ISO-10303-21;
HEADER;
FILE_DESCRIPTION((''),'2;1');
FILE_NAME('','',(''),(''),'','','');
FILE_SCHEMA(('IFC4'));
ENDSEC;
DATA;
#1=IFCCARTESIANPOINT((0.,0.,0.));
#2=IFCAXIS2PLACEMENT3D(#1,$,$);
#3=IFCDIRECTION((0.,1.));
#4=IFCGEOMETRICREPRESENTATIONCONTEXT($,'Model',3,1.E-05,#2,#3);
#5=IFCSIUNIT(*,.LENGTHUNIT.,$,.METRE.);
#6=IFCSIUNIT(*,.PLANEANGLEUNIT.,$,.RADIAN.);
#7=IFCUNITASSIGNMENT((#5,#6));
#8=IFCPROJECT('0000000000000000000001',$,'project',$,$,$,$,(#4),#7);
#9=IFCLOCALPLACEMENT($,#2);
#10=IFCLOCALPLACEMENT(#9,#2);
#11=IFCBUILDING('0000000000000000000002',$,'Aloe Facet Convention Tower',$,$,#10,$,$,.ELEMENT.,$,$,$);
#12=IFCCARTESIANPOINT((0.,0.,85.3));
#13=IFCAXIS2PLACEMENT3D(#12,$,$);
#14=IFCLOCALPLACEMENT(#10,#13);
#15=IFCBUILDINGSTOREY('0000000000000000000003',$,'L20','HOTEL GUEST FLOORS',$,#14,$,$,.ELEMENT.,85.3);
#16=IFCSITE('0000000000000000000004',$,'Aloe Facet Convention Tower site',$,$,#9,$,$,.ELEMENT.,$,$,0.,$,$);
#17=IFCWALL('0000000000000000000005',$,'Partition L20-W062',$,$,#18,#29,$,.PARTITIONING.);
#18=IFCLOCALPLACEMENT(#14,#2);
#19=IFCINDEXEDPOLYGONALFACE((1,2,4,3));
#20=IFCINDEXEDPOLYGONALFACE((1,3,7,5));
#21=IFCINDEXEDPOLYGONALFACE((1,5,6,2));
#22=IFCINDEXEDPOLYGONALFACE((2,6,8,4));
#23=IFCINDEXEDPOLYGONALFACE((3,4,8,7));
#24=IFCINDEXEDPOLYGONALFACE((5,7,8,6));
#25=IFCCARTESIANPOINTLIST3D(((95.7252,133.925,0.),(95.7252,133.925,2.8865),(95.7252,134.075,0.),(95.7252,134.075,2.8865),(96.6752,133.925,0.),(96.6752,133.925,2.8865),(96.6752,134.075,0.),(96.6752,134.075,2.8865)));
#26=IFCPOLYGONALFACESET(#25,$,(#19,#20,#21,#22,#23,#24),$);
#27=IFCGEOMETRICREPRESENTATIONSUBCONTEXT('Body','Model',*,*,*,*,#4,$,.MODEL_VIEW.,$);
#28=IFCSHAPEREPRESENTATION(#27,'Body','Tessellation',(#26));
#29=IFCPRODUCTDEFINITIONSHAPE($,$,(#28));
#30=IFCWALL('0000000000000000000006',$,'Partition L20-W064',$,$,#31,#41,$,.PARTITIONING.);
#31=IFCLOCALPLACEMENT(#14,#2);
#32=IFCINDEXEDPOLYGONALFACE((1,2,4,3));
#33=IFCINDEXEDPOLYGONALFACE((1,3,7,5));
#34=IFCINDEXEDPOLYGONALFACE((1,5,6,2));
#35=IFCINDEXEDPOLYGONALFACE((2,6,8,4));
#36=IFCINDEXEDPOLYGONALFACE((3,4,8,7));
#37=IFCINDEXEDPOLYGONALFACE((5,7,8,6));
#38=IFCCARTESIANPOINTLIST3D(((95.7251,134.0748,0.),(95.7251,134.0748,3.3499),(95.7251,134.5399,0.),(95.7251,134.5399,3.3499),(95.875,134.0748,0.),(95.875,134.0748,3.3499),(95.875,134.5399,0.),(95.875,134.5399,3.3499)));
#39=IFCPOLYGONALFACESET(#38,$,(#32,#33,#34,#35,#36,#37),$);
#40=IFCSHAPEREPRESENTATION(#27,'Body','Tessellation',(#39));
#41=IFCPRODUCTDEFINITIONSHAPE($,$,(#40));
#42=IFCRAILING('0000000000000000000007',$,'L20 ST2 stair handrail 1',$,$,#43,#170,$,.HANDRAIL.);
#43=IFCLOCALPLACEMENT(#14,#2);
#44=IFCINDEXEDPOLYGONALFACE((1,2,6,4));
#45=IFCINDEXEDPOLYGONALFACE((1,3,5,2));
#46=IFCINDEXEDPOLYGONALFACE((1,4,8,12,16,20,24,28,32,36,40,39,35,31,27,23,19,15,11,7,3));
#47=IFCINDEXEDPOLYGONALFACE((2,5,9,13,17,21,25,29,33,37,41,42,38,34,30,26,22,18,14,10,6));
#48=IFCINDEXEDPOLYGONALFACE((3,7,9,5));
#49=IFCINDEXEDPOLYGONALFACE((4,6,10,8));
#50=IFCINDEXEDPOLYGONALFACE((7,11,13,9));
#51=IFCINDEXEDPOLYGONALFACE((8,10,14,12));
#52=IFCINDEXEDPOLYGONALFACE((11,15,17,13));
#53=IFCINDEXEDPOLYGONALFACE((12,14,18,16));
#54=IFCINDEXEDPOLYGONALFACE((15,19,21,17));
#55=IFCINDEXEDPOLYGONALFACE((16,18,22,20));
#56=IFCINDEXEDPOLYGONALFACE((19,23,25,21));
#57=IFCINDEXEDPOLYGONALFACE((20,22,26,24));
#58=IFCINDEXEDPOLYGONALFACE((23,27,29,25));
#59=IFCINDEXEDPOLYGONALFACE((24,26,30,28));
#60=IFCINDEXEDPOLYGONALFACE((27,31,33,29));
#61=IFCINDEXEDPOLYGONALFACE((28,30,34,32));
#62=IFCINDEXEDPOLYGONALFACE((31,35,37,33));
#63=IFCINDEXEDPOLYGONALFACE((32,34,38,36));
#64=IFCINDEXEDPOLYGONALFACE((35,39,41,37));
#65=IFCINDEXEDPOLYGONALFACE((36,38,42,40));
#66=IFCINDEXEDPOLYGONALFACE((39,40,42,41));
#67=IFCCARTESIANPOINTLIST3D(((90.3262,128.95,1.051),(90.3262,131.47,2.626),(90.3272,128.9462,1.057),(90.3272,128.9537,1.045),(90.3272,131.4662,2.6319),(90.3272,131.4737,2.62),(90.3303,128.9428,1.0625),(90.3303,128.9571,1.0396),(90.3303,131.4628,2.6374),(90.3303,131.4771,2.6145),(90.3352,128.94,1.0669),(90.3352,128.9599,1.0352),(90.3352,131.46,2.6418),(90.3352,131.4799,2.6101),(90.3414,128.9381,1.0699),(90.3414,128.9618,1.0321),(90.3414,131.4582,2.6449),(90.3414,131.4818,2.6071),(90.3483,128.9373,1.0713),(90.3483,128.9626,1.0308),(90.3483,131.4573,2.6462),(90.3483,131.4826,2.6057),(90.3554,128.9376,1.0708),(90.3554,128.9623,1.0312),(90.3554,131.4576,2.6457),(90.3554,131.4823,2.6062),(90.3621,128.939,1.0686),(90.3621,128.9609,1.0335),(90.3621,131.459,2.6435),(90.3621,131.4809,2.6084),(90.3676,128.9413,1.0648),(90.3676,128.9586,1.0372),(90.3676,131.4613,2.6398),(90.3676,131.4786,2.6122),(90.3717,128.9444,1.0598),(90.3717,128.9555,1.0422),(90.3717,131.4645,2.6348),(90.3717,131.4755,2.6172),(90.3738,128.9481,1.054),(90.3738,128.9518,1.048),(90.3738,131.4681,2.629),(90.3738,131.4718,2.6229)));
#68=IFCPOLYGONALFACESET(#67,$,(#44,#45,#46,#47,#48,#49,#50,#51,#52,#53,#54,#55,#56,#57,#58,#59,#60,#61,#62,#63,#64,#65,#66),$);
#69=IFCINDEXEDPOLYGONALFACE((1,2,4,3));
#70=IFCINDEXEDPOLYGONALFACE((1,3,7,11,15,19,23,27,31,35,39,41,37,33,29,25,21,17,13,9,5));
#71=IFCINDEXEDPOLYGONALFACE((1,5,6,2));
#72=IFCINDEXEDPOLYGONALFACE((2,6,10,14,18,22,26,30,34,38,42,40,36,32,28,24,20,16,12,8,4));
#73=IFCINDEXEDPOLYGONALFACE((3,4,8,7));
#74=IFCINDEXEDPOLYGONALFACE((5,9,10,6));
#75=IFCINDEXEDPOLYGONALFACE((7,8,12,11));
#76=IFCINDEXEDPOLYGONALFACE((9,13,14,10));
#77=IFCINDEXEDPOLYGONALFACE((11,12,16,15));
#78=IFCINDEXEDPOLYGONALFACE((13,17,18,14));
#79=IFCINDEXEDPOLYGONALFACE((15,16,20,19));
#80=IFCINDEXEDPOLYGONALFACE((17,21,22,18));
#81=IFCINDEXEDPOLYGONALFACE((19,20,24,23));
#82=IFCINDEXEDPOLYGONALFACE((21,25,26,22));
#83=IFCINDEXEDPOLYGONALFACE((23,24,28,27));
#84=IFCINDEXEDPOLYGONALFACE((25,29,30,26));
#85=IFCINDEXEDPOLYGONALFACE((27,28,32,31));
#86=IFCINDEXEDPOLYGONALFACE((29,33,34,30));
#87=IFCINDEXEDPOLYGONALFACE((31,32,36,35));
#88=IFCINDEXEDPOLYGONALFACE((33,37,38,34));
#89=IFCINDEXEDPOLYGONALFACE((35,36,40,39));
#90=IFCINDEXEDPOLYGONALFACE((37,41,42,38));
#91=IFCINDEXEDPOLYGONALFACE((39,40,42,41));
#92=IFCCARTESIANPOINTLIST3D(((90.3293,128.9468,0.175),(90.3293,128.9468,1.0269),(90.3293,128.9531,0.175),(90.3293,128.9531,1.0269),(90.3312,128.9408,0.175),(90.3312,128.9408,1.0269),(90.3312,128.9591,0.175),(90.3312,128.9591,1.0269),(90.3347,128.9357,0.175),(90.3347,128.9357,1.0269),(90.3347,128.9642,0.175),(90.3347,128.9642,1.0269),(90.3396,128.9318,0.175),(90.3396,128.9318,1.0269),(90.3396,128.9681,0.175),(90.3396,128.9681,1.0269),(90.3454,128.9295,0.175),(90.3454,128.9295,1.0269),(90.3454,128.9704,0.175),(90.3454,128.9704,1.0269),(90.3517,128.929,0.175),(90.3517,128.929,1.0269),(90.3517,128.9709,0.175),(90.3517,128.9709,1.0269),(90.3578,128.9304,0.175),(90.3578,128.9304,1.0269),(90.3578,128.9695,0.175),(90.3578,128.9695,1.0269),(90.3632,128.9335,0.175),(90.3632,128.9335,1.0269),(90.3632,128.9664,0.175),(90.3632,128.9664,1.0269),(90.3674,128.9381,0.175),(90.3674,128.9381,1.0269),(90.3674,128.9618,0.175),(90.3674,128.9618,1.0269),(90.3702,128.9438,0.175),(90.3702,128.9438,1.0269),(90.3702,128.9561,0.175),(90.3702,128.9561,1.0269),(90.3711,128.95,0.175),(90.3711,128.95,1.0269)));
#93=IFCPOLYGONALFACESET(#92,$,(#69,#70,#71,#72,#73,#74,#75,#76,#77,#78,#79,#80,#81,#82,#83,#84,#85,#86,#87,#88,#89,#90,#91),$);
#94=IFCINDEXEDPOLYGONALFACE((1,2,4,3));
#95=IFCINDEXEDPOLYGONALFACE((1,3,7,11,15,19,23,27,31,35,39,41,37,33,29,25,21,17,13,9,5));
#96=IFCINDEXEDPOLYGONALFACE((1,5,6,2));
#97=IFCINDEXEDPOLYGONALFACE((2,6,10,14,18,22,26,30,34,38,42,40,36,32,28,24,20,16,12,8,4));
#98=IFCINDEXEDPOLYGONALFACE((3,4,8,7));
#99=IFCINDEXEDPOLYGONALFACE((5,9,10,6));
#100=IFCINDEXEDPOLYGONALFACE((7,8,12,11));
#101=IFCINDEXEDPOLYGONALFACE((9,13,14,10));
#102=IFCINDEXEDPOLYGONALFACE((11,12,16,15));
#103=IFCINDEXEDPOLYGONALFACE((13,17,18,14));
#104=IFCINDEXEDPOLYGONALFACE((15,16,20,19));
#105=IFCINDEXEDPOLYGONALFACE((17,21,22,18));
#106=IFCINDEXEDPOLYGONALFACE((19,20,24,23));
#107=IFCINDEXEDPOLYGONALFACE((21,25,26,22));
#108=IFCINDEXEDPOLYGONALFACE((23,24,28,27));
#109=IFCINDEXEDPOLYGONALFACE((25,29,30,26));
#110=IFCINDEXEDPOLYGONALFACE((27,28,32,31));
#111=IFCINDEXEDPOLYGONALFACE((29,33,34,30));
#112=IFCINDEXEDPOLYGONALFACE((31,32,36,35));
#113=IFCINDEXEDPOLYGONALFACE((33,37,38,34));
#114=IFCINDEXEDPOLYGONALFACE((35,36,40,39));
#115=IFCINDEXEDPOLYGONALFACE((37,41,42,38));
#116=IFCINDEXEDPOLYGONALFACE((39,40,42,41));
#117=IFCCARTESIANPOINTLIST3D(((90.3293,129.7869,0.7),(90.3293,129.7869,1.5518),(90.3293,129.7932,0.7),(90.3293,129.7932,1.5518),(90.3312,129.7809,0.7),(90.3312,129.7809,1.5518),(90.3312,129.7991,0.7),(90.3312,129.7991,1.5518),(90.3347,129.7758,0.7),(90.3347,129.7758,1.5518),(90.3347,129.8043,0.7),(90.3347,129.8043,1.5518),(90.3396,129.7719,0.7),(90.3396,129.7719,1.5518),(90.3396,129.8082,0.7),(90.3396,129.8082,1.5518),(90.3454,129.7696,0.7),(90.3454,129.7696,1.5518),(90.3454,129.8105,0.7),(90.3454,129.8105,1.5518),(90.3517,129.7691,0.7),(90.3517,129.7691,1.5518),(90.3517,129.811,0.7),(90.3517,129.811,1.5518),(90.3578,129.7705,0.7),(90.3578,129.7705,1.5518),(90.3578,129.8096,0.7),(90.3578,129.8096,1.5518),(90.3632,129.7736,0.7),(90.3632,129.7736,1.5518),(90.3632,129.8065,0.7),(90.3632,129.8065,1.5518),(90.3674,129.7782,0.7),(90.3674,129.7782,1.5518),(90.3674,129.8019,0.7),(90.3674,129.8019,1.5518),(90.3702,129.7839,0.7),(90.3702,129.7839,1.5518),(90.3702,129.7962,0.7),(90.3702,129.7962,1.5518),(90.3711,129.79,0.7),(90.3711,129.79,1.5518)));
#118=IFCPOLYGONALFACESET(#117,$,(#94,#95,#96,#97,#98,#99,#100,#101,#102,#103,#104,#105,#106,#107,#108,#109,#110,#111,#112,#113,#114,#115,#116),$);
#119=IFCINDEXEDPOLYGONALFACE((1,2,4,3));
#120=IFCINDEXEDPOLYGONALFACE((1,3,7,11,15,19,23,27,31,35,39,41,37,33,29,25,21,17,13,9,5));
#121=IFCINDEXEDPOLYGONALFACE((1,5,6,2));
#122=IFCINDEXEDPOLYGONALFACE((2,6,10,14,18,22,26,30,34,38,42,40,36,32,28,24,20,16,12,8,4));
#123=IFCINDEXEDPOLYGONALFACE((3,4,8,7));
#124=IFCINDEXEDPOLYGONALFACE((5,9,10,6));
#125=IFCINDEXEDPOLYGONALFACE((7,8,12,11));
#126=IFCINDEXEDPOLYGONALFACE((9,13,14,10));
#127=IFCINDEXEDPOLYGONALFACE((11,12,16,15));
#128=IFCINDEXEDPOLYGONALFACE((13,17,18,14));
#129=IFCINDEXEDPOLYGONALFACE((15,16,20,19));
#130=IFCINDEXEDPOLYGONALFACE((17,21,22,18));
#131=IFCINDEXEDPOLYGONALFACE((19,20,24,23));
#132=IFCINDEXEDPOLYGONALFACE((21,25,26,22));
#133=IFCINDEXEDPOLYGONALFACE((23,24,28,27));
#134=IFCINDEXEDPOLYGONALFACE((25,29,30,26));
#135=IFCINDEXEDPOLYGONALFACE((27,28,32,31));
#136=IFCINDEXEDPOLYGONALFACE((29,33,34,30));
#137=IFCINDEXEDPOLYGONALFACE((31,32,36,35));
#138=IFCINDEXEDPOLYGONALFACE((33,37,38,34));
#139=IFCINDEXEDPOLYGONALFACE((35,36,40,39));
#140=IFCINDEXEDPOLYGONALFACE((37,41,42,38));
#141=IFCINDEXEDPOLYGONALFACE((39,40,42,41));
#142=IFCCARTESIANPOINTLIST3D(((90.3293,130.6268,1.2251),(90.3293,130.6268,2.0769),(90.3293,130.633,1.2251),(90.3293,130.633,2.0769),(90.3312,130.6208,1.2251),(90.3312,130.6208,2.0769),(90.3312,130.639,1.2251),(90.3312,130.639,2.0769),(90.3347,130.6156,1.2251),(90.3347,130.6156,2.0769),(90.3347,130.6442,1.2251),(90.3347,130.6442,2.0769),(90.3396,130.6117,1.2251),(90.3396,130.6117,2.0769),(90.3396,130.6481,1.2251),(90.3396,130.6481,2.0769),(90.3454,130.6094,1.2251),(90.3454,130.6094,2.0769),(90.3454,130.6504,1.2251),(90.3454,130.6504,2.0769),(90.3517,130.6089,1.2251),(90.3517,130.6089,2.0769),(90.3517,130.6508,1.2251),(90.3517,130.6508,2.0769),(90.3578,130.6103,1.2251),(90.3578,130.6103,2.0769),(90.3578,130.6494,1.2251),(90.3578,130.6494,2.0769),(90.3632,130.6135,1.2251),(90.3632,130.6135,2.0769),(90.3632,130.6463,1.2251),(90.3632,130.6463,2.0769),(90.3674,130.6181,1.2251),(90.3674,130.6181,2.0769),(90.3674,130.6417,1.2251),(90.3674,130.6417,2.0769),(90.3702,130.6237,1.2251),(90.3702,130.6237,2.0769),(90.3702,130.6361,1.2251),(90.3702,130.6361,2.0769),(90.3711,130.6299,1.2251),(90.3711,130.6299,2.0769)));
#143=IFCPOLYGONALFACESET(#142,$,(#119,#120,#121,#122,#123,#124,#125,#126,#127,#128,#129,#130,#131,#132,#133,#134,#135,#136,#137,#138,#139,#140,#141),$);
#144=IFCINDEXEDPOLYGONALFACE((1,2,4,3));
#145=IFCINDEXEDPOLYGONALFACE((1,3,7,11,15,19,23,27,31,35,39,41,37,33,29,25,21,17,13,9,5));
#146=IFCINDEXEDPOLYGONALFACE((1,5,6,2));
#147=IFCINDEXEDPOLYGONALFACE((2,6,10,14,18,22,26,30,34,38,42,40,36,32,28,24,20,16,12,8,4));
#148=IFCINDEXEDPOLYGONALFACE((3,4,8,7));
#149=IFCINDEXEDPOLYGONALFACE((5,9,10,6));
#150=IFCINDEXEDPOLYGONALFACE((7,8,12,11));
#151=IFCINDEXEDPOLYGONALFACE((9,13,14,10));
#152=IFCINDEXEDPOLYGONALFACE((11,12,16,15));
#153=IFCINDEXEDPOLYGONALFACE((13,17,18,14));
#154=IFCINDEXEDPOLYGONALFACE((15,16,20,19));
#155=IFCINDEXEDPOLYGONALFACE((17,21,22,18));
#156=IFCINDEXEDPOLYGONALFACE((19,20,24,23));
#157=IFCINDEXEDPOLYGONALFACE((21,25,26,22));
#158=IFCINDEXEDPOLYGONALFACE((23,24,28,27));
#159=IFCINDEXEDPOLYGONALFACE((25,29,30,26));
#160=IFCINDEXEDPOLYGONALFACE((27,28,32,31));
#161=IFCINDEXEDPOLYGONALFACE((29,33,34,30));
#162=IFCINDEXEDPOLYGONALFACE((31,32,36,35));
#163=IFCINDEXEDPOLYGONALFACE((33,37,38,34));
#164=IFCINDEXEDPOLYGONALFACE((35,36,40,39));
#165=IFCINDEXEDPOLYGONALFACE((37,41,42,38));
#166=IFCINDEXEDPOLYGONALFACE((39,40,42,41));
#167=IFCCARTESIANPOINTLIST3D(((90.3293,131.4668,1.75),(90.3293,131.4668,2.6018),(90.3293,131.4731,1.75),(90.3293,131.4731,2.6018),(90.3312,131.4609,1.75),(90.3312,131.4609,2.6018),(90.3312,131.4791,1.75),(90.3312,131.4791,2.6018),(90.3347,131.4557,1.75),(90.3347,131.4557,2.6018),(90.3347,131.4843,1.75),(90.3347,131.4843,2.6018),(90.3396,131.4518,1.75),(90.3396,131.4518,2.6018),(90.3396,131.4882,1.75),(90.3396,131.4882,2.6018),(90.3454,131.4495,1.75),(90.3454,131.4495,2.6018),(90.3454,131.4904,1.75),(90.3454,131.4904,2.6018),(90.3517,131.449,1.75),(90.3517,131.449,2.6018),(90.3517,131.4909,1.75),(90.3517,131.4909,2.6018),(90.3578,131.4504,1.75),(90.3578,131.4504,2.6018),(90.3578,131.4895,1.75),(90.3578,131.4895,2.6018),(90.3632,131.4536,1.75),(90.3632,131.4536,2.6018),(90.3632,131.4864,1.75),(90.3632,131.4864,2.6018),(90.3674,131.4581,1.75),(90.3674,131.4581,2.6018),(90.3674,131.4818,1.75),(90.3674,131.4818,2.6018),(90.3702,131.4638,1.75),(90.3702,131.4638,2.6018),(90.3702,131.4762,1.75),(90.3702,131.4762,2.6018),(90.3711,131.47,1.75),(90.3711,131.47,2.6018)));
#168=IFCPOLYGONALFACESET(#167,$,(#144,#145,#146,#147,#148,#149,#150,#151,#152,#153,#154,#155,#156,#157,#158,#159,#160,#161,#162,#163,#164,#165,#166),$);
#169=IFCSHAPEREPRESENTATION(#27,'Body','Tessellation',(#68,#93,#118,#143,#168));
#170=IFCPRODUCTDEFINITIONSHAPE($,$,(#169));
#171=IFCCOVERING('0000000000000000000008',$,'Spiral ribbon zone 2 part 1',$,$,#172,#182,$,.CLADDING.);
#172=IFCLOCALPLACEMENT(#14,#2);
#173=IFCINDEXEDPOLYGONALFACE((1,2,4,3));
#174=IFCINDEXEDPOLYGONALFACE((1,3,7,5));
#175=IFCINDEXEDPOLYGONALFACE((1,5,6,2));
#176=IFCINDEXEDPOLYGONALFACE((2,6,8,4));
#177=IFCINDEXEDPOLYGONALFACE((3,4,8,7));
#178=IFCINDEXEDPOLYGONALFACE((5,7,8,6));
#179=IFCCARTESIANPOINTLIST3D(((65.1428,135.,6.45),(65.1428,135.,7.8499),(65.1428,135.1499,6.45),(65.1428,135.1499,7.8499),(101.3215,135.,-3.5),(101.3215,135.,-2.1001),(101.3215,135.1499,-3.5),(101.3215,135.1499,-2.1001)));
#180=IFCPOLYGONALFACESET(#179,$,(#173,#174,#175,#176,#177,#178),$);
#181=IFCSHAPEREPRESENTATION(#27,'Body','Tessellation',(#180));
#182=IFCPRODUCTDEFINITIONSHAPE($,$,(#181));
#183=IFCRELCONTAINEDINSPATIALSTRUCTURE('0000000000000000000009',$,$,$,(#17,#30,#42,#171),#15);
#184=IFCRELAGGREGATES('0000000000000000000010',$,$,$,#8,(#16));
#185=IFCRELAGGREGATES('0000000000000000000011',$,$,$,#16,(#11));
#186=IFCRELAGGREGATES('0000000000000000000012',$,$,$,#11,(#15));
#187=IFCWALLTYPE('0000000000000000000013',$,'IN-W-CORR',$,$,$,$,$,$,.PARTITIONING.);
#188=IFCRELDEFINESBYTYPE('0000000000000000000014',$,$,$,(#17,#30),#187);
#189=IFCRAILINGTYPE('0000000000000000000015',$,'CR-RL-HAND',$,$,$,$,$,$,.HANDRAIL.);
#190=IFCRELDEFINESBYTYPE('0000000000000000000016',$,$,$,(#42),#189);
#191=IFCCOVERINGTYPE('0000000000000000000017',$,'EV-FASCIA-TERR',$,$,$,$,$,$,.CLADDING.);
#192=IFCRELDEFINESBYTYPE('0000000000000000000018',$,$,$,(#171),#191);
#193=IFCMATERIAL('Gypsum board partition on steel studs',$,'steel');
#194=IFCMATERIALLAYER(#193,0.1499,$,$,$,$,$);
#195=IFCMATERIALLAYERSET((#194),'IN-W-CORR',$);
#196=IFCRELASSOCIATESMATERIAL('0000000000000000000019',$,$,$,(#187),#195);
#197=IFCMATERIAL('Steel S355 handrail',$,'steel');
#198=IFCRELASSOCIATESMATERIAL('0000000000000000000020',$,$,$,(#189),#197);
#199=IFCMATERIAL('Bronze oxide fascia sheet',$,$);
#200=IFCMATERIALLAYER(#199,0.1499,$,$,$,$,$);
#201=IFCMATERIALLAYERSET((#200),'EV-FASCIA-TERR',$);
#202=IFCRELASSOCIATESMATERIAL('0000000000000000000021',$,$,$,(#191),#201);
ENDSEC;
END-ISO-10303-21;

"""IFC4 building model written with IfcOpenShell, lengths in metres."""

from ifc_helpers import new_model, si_unit, direction, frame, frame_2d, origin, origin_2d, place, context, subcontext, project, spatial, polyline, rectangle, circle, outline, extrude, material, layer, layer_set, type_object, element, save


model = new_model("IFC4")

# Units and contexts
model_context = context("Model", 3, precision=1e-05, world=origin(), true_north=direction((0.0, 1.0)))
body_context = subcontext(model_context, "Body", "Model", "MODEL_VIEW")
ifc_project = project(units=[si_unit("LENGTHUNIT", "METRE"), si_unit("PLANEANGLEUNIT", "RADIAN")], contexts=[model_context])

# Site, building, storey
site_placement = place(None, origin())
site = spatial("IfcSite", under=ifc_project, at=site_placement, Name="Aloe Facet Convention Tower site", CompositionType="ELEMENT", RefElevation=0.0)
building_placement = place(site_placement, origin())
building = spatial("IfcBuilding", under=site, at=building_placement, Name="Aloe Facet Convention Tower", CompositionType="ELEMENT")
storey_placement = place(building_placement, frame((0.0, 0.0, 85.3)))
storey = spatial("IfcBuildingStorey", under=building, at=storey_placement, Name="L20", Description="HOTEL GUEST FLOORS", CompositionType="ELEMENT", Elevation=85.3)

# Walls
ifc_material_1 = material(Name="Gypsum board partition on steel studs", Category="steel")
ifc_layer_1 = layer(ifc_material_1, 0.1499)
ifc_layer_set_1 = layer_set([ifc_layer_1], Name="IN-W-CORR")
wall_type_1 = type_object("IfcWallType", Name="IN-W-CORR", PredefinedType="PARTITIONING", material=ifc_layer_set_1)
wall_1_placement = place(storey_placement, frame((95.7251, 134.0, 0.0), z_axis=(0.0, 0.0, 1.0), x_axis=(1.0, 0.0, 0.0)))
element("IfcWall", 1, at=wall_1_placement, inside=storey, type_object=wall_type_1, Name="Partition L20-W062", PredefinedType="PARTITIONING", context=body_context, shape_type="SweptSolid", body=[
    extrude(rectangle(XDim=0.95, YDim=0.1499, at=frame_2d((0.4751, 0.0))), origin(), (0.0, 0.0, 1.0), 2.8865),
])
wall_2_placement = place(storey_placement, frame((95.8, 134.075, 0.0), z_axis=(0.0, 0.0, 1.0), x_axis=(0.0, 1.0, 0.0)))
element("IfcWall", 2, at=wall_2_placement, inside=storey, type_object=wall_type_1, Name="Partition L20-W064", PredefinedType="PARTITIONING", context=body_context, shape_type="SweptSolid", body=[
    extrude(rectangle(XDim=0.4651, YDim=0.1499, at=frame_2d((0.2324, 0.0))), origin(), (0.0, 0.0, 1.0), 3.3499),
])

# Railing
ifc_material_2 = material(Name="Steel S355 handrail", Category="steel")
railing_type = type_object("IfcRailingType", Name="CR-RL-HAND", PredefinedType="HANDRAIL", material=ifc_material_2)
railing_placement = place(storey_placement, frame((90.3501, 128.95, 0.175)))
element("IfcRailing", 3, at=railing_placement, inside=storey, type_object=railing_type, Name="L20 ST2 stair handrail 1", PredefinedType="HANDRAIL", context=body_context, shape_type="SweptSolid", body=[
    extrude(circle(Radius=0.0239, at=origin_2d()), frame((0.0, 0.0, 0.876), z_axis=(0.0, 0.848008, 0.529984), x_axis=(-1.0, 0.0, 0.0)), (0.0, 0.0, 1.0), 2.9717),
    extrude(circle(Radius=0.021, at=origin_2d()), origin(), (0.0, 0.0, 1.0), 0.8518),
    extrude(circle(Radius=0.021, at=origin_2d()), frame((0.0, 0.8401, 0.5249)), (0.0, 0.0, 1.0), 0.8518),
    extrude(circle(Radius=0.021, at=origin_2d()), frame((0.0, 1.6799, 1.05)), (0.0, 0.0, 1.0), 0.8518),
    extrude(circle(Radius=0.021, at=origin_2d()), frame((0.0, 2.52, 1.575)), (0.0, 0.0, 1.0), 0.8518),
])

# Covering
ifc_material_3 = material(Name="Bronze oxide fascia sheet")
ifc_layer_2 = layer(ifc_material_3, 0.1499)
ifc_layer_set_2 = layer_set([ifc_layer_2], Name="EV-FASCIA-TERR")
covering_type = type_object("IfcCoveringType", Name="EV-FASCIA-TERR", PredefinedType="CLADDING", material=ifc_layer_set_2)
covering_placement = place(storey_placement, frame((101.3215, 135.1499, -3.5), z_axis=(0.0, 1.0, 0.0), x_axis=(-0.9642, 0.0, 0.265176)))
element("IfcCovering", 4, at=covering_placement, inside=storey, type_object=covering_type, Name="Spiral ribbon zone 2 part 1", PredefinedType="CLADDING", context=body_context, shape_type="SweptSolid", body=[
    extrude(outline(polyline([(0.0, 0.0), (37.522, 0.0), (37.8932, 1.3498), (0.3712, 1.3498), (0.0, 0.0)])), origin(), (0.0, 0.0, -1.0), 0.1499),
])

save(model, "model.ifc")
